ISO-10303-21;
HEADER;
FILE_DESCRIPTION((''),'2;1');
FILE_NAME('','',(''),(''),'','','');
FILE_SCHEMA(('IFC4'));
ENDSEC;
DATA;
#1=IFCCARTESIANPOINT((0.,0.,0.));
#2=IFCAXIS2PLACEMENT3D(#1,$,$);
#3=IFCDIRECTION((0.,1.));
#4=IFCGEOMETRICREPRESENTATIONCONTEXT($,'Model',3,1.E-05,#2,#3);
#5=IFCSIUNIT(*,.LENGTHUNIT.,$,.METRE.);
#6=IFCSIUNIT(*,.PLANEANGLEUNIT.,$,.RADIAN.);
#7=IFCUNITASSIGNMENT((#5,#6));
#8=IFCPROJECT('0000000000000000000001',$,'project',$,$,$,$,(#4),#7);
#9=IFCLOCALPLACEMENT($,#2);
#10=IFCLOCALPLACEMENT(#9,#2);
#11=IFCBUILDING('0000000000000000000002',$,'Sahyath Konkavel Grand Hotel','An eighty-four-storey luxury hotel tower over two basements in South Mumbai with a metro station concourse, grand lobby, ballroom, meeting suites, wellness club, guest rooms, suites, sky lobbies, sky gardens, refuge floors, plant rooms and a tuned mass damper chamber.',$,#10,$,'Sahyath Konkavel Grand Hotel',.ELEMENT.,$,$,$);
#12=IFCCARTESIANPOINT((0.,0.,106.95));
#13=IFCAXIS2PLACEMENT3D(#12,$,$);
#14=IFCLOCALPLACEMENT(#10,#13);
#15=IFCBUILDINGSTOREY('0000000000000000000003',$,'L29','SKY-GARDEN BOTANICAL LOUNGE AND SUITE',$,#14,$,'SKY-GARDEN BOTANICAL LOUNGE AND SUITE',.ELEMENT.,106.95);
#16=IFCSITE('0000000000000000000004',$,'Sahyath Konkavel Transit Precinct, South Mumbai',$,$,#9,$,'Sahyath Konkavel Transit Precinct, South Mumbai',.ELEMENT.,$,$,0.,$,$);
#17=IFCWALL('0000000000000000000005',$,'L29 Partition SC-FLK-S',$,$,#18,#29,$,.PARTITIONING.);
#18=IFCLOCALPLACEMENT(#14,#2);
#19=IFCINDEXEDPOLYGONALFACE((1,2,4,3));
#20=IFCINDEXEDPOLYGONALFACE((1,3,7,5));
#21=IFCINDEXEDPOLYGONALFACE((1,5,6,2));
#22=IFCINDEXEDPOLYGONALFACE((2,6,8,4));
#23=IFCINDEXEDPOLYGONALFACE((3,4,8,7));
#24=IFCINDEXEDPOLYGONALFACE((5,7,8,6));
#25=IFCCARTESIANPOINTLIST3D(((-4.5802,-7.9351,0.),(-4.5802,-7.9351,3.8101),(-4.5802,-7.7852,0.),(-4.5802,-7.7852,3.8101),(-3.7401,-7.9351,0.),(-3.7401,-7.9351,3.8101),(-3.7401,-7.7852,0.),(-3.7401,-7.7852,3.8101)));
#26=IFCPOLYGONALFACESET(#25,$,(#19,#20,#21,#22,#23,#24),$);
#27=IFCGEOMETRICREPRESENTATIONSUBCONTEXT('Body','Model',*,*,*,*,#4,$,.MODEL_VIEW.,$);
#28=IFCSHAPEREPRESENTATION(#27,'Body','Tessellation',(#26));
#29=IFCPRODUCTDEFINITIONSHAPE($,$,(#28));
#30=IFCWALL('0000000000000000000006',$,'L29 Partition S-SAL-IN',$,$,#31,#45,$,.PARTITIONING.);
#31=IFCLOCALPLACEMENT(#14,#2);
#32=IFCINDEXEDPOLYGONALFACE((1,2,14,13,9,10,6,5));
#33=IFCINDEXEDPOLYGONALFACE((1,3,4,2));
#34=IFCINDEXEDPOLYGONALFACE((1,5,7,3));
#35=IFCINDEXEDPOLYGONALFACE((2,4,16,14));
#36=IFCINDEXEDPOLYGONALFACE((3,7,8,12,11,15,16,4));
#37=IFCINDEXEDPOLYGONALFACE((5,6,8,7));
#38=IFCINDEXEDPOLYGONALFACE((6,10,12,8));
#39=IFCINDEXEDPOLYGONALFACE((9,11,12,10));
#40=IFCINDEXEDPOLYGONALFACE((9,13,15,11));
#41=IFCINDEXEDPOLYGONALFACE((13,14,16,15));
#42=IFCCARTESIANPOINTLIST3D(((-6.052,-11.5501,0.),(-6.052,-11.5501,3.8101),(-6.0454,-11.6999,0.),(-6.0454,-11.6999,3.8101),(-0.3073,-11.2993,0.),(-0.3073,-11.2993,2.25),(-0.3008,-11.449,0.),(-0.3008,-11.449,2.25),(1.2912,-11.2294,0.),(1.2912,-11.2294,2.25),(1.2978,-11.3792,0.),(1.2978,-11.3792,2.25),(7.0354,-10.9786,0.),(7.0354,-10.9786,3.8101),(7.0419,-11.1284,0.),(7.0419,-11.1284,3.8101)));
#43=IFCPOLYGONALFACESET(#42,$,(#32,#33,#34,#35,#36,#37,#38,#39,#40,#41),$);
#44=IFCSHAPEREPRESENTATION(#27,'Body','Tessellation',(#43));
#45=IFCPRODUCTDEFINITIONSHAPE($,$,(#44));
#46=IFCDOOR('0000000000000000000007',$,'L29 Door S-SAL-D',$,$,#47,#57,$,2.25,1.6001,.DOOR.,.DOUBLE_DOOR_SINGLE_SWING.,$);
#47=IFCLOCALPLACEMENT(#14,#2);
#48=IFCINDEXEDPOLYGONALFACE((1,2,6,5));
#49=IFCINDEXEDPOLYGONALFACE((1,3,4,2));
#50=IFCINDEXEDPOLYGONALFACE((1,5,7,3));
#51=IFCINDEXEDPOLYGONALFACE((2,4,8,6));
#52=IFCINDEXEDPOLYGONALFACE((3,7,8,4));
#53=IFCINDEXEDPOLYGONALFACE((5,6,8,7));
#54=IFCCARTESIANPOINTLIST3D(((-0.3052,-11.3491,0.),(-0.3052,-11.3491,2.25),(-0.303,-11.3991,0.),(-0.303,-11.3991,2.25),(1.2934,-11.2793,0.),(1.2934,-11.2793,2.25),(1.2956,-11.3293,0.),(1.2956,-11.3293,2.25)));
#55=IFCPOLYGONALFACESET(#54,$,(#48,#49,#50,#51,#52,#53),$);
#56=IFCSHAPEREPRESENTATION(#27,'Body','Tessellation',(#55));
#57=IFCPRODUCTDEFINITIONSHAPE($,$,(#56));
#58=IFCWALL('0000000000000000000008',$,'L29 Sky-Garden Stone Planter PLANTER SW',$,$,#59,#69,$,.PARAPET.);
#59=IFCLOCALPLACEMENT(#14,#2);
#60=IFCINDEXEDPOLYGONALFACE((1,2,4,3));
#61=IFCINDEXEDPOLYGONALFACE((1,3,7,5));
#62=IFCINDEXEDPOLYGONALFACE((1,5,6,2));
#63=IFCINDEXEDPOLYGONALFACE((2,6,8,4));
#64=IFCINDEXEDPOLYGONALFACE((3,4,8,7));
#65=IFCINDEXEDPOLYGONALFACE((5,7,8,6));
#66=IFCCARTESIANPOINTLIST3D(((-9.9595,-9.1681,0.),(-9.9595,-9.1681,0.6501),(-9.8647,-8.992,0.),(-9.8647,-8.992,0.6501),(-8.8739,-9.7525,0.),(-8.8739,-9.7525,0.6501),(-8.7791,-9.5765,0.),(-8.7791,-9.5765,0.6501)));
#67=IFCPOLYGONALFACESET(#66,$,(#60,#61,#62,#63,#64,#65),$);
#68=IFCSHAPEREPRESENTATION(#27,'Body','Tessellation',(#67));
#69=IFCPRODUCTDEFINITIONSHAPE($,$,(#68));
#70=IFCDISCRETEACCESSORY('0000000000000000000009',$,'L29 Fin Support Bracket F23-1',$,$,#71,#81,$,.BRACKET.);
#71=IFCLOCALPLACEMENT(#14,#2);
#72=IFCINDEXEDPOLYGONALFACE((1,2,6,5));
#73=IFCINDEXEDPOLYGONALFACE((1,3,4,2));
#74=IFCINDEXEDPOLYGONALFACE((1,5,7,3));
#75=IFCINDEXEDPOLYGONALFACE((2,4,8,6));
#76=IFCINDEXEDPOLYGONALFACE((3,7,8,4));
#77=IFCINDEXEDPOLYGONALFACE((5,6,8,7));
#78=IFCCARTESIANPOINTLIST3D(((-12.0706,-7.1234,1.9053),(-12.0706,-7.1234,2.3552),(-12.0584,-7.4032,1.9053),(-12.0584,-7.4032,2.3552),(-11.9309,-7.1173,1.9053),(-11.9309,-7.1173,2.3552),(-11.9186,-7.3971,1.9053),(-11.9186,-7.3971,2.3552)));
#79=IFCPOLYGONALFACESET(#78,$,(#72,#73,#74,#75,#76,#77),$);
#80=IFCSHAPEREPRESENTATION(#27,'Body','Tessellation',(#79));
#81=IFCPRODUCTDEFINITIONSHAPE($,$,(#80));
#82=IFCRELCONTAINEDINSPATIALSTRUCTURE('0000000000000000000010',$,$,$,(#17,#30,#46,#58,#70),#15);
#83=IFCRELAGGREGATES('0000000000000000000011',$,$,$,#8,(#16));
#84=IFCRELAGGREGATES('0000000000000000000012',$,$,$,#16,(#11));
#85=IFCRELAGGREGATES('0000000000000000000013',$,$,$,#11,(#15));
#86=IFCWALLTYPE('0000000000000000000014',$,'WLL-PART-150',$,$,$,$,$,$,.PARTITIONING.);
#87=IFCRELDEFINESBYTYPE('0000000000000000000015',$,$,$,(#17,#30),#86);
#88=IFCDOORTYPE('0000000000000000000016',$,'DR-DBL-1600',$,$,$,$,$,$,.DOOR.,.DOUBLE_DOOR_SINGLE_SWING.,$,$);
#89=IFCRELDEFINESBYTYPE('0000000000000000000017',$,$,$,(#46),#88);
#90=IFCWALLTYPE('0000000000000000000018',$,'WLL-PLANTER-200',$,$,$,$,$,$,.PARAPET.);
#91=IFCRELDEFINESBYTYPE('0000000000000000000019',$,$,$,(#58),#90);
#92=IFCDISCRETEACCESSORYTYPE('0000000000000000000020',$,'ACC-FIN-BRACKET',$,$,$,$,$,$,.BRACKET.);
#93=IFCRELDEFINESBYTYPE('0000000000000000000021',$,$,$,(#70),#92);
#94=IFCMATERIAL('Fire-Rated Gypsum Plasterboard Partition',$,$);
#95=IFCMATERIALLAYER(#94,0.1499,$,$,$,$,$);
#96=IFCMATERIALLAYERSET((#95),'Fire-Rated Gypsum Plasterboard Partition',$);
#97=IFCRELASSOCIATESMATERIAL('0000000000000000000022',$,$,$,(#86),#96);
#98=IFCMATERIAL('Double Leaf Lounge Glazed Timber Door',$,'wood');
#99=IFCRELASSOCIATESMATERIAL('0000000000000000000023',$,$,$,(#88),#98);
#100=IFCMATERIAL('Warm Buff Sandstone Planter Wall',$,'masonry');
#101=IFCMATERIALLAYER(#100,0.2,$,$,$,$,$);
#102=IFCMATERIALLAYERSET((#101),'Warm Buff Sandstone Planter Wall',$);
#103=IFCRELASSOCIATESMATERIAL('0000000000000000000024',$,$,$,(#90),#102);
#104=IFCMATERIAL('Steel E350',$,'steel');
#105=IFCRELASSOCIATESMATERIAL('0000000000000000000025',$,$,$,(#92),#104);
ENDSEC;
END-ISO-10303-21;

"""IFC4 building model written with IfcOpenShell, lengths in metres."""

from ifc_helpers import new_model, si_unit, direction, frame, frame_2d, origin, origin_2d, place, context, subcontext, project, spatial, rectangle, extrude, source, transform, mapped, material, layer, layer_set, type_object, element, fill, save


model = new_model("IFC4")

# Units and contexts
model_context = context("Model", 3, precision=1e-05, world=origin(), true_north=direction((0.0, 1.0)))
body_context = subcontext(model_context, "Body", "Model", "MODEL_VIEW")
ifc_project = project(units=[si_unit("LENGTHUNIT", "METRE"), si_unit("PLANEANGLEUNIT", "RADIAN")], contexts=[model_context])

# Site, building, storey
site_placement = place(None, origin())
site = spatial("IfcSite", under=ifc_project, at=site_placement, Name="Sahyath Konkavel Transit Precinct, South Mumbai", LongName="Sahyath Konkavel Transit Precinct, South Mumbai", CompositionType="ELEMENT", RefElevation=0.0)
building_placement = place(site_placement, origin())
building = spatial("IfcBuilding", under=site, at=building_placement, Name="Sahyath Konkavel Grand Hotel", Description="An eighty-four-storey luxury hotel tower over two basements in South Mumbai with a metro station concourse, grand lobby, ballroom, meeting suites, wellness club, guest rooms, suites, sky lobbies, sky gardens, refuge floors, plant rooms and a tuned mass damper chamber.", LongName="Sahyath Konkavel Grand Hotel", CompositionType="ELEMENT")
storey_placement = place(building_placement, frame((0.0, 0.0, 106.95)))
storey = spatial("IfcBuildingStorey", under=building, at=storey_placement, Name="L29", Description="SKY-GARDEN BOTANICAL LOUNGE AND SUITE", LongName="SKY-GARDEN BOTANICAL LOUNGE AND SUITE", CompositionType="ELEMENT", Elevation=106.95)

# Shared definitions
ifc_material_1 = material(Name="Steel E350", Category="steel")

# Wall
ifc_material_2 = material(Name="Fire-Rated Gypsum Plasterboard Partition")
ifc_layer_1 = layer(ifc_material_2, 0.1499)
ifc_layer_set_1 = layer_set([ifc_layer_1], Name="Fire-Rated Gypsum Plasterboard Partition")
wall_type_1 = type_object("IfcWallType", Name="WLL-PART-150", PredefinedType="PARTITIONING", material=ifc_layer_set_1)
wall_1_placement = place(storey_placement, frame((-4.5801, -7.8601, 0.0), z_axis=(0.0, 0.0, 1.0), x_axis=(1.0, 0.0, 0.0)))
element("IfcWall", 1, at=wall_1_placement, inside=storey, type_object=wall_type_1, Name="L29 Partition SC-FLK-S", PredefinedType="PARTITIONING", context=body_context, shape_type="SweptSolid", body=[
    extrude(rectangle(XDim=0.8401, YDim=0.1499, at=frame_2d((0.4199, 0.0))), origin(), (0.0, 0.0, 1.0), 3.8101),
])

# Wall, opening, door
wall_2_placement = place(storey_placement, frame((-6.0486, -11.625, 0.0), z_axis=(0.0, 0.0, 1.0), x_axis=(0.999048, 0.043629, 0.0)))
wall_2 = element("IfcWall", 2, at=wall_2_placement, inside=storey, type_object=wall_type_1, Name="L29 Partition S-SAL-IN", PredefinedType="PARTITIONING", context=body_context, shape_type="SweptSolid", body=[
    extrude(rectangle(XDim=13.0999, YDim=0.1499, at=frame_2d((6.5498, 0.0))), origin(), (0.0, 0.0, 1.0), 3.8101),
])
opening_1_placement = place(wall_2_placement, frame((5.75, 0.0, 0.0)))
opening_1 = element("IfcOpeningElement", 3, at=opening_1_placement, cuts=wall_2, PredefinedType="OPENING", context=body_context, shape_type="SweptSolid", body=[
    extrude(rectangle(XDim=1.6001, YDim=2.25, at=frame_2d((0.8, 1.125))), frame((0.0, 0.085, 0.0), z_axis=(0.0, -1.0, 0.0), x_axis=(1.0, 0.0, 0.0)), (0.0, 0.0, 1.0), 0.1699),
])
ifc_material_3 = material(Name="Double Leaf Lounge Glazed Timber Door", Category="wood")
door_type_1 = type_object("IfcDoorType", Name="DR-DBL-1600", OperationType="DOUBLE_DOOR_SINGLE_SWING", PredefinedType="DOOR", material=ifc_material_3)
shared_shape_1 = source(origin(), body_context, "Body", "SweptSolid", [
    extrude(rectangle(XDim=1.6001, YDim=0.05, at=origin_2d()), origin(), (0.0, 0.0, 1.0), 2.25),
])
door_1_placement = place(opening_1_placement, frame((0.8, 0.0, 0.0)))
door_1 = element("IfcDoor", 4, at=door_1_placement, inside=storey, type_object=door_type_1, Name="L29 Door S-SAL-D", OperationType="DOUBLE_DOOR_SINGLE_SWING", OverallHeight=2.25, OverallWidth=1.6001, PredefinedType="DOOR", context=body_context, shape_type="MappedRepresentation", body=[
    mapped(shared_shape_1, transform((0.0, 0.0, 0.0), scale=1.0)),
])
fill(opening_1, door_1)

# Wall
ifc_material_4 = material(Name="Warm Buff Sandstone Planter Wall", Category="masonry")
ifc_layer_2 = layer(ifc_material_4, 0.2)
ifc_layer_set_2 = layer_set([ifc_layer_2], Name="Warm Buff Sandstone Planter Wall")
wall_type_2 = type_object("IfcWallType", Name="WLL-PLANTER-200", PredefinedType="PARAPET", material=ifc_layer_set_2)
wall_3_placement = place(storey_placement, frame((-9.9121, -9.0801, 0.0), z_axis=(0.0, 0.0, 1.0), x_axis=(0.880516, -0.474017, 0.0)))
element("IfcWall", 5, at=wall_3_placement, inside=storey, type_object=wall_type_2, Name="L29 Sky-Garden Stone Planter PLANTER SW", PredefinedType="PARAPET", context=body_context, shape_type="SweptSolid", body=[
    extrude(rectangle(XDim=1.2329, YDim=0.2, at=frame_2d((0.6165, 0.0))), origin(), (0.0, 0.0, 1.0), 0.6501),
])

# Discrete accessory
discrete_accessory_type = type_object("IfcDiscreteAccessoryType", Name="ACC-FIN-BRACKET", PredefinedType="BRACKET", material=ifc_material_1)
shared_shape_2 = source(origin(), body_context, "Body", "SweptSolid", [
    extrude(rectangle(XDim=0.28, YDim=0.1399, at=origin_2d()), origin(), (0.0, 0.0, 1.0), 0.45),
])
discrete_accessory_placement = place(storey_placement, frame((-11.9946, -7.2603, 1.9053), z_axis=(0.0, 0.0, 1.0), x_axis=(0.043619, -0.999048, 0.0)))
element("IfcDiscreteAccessory", 6, at=discrete_accessory_placement, inside=storey, type_object=discrete_accessory_type, Name="L29 Fin Support Bracket F23-1", PredefinedType="BRACKET", context=body_context, shape_type="MappedRepresentation", body=[
    mapped(shared_shape_2, transform((0.0, 0.0, 0.0), scale=1.0)),
])

save(model, "model.ifc")
